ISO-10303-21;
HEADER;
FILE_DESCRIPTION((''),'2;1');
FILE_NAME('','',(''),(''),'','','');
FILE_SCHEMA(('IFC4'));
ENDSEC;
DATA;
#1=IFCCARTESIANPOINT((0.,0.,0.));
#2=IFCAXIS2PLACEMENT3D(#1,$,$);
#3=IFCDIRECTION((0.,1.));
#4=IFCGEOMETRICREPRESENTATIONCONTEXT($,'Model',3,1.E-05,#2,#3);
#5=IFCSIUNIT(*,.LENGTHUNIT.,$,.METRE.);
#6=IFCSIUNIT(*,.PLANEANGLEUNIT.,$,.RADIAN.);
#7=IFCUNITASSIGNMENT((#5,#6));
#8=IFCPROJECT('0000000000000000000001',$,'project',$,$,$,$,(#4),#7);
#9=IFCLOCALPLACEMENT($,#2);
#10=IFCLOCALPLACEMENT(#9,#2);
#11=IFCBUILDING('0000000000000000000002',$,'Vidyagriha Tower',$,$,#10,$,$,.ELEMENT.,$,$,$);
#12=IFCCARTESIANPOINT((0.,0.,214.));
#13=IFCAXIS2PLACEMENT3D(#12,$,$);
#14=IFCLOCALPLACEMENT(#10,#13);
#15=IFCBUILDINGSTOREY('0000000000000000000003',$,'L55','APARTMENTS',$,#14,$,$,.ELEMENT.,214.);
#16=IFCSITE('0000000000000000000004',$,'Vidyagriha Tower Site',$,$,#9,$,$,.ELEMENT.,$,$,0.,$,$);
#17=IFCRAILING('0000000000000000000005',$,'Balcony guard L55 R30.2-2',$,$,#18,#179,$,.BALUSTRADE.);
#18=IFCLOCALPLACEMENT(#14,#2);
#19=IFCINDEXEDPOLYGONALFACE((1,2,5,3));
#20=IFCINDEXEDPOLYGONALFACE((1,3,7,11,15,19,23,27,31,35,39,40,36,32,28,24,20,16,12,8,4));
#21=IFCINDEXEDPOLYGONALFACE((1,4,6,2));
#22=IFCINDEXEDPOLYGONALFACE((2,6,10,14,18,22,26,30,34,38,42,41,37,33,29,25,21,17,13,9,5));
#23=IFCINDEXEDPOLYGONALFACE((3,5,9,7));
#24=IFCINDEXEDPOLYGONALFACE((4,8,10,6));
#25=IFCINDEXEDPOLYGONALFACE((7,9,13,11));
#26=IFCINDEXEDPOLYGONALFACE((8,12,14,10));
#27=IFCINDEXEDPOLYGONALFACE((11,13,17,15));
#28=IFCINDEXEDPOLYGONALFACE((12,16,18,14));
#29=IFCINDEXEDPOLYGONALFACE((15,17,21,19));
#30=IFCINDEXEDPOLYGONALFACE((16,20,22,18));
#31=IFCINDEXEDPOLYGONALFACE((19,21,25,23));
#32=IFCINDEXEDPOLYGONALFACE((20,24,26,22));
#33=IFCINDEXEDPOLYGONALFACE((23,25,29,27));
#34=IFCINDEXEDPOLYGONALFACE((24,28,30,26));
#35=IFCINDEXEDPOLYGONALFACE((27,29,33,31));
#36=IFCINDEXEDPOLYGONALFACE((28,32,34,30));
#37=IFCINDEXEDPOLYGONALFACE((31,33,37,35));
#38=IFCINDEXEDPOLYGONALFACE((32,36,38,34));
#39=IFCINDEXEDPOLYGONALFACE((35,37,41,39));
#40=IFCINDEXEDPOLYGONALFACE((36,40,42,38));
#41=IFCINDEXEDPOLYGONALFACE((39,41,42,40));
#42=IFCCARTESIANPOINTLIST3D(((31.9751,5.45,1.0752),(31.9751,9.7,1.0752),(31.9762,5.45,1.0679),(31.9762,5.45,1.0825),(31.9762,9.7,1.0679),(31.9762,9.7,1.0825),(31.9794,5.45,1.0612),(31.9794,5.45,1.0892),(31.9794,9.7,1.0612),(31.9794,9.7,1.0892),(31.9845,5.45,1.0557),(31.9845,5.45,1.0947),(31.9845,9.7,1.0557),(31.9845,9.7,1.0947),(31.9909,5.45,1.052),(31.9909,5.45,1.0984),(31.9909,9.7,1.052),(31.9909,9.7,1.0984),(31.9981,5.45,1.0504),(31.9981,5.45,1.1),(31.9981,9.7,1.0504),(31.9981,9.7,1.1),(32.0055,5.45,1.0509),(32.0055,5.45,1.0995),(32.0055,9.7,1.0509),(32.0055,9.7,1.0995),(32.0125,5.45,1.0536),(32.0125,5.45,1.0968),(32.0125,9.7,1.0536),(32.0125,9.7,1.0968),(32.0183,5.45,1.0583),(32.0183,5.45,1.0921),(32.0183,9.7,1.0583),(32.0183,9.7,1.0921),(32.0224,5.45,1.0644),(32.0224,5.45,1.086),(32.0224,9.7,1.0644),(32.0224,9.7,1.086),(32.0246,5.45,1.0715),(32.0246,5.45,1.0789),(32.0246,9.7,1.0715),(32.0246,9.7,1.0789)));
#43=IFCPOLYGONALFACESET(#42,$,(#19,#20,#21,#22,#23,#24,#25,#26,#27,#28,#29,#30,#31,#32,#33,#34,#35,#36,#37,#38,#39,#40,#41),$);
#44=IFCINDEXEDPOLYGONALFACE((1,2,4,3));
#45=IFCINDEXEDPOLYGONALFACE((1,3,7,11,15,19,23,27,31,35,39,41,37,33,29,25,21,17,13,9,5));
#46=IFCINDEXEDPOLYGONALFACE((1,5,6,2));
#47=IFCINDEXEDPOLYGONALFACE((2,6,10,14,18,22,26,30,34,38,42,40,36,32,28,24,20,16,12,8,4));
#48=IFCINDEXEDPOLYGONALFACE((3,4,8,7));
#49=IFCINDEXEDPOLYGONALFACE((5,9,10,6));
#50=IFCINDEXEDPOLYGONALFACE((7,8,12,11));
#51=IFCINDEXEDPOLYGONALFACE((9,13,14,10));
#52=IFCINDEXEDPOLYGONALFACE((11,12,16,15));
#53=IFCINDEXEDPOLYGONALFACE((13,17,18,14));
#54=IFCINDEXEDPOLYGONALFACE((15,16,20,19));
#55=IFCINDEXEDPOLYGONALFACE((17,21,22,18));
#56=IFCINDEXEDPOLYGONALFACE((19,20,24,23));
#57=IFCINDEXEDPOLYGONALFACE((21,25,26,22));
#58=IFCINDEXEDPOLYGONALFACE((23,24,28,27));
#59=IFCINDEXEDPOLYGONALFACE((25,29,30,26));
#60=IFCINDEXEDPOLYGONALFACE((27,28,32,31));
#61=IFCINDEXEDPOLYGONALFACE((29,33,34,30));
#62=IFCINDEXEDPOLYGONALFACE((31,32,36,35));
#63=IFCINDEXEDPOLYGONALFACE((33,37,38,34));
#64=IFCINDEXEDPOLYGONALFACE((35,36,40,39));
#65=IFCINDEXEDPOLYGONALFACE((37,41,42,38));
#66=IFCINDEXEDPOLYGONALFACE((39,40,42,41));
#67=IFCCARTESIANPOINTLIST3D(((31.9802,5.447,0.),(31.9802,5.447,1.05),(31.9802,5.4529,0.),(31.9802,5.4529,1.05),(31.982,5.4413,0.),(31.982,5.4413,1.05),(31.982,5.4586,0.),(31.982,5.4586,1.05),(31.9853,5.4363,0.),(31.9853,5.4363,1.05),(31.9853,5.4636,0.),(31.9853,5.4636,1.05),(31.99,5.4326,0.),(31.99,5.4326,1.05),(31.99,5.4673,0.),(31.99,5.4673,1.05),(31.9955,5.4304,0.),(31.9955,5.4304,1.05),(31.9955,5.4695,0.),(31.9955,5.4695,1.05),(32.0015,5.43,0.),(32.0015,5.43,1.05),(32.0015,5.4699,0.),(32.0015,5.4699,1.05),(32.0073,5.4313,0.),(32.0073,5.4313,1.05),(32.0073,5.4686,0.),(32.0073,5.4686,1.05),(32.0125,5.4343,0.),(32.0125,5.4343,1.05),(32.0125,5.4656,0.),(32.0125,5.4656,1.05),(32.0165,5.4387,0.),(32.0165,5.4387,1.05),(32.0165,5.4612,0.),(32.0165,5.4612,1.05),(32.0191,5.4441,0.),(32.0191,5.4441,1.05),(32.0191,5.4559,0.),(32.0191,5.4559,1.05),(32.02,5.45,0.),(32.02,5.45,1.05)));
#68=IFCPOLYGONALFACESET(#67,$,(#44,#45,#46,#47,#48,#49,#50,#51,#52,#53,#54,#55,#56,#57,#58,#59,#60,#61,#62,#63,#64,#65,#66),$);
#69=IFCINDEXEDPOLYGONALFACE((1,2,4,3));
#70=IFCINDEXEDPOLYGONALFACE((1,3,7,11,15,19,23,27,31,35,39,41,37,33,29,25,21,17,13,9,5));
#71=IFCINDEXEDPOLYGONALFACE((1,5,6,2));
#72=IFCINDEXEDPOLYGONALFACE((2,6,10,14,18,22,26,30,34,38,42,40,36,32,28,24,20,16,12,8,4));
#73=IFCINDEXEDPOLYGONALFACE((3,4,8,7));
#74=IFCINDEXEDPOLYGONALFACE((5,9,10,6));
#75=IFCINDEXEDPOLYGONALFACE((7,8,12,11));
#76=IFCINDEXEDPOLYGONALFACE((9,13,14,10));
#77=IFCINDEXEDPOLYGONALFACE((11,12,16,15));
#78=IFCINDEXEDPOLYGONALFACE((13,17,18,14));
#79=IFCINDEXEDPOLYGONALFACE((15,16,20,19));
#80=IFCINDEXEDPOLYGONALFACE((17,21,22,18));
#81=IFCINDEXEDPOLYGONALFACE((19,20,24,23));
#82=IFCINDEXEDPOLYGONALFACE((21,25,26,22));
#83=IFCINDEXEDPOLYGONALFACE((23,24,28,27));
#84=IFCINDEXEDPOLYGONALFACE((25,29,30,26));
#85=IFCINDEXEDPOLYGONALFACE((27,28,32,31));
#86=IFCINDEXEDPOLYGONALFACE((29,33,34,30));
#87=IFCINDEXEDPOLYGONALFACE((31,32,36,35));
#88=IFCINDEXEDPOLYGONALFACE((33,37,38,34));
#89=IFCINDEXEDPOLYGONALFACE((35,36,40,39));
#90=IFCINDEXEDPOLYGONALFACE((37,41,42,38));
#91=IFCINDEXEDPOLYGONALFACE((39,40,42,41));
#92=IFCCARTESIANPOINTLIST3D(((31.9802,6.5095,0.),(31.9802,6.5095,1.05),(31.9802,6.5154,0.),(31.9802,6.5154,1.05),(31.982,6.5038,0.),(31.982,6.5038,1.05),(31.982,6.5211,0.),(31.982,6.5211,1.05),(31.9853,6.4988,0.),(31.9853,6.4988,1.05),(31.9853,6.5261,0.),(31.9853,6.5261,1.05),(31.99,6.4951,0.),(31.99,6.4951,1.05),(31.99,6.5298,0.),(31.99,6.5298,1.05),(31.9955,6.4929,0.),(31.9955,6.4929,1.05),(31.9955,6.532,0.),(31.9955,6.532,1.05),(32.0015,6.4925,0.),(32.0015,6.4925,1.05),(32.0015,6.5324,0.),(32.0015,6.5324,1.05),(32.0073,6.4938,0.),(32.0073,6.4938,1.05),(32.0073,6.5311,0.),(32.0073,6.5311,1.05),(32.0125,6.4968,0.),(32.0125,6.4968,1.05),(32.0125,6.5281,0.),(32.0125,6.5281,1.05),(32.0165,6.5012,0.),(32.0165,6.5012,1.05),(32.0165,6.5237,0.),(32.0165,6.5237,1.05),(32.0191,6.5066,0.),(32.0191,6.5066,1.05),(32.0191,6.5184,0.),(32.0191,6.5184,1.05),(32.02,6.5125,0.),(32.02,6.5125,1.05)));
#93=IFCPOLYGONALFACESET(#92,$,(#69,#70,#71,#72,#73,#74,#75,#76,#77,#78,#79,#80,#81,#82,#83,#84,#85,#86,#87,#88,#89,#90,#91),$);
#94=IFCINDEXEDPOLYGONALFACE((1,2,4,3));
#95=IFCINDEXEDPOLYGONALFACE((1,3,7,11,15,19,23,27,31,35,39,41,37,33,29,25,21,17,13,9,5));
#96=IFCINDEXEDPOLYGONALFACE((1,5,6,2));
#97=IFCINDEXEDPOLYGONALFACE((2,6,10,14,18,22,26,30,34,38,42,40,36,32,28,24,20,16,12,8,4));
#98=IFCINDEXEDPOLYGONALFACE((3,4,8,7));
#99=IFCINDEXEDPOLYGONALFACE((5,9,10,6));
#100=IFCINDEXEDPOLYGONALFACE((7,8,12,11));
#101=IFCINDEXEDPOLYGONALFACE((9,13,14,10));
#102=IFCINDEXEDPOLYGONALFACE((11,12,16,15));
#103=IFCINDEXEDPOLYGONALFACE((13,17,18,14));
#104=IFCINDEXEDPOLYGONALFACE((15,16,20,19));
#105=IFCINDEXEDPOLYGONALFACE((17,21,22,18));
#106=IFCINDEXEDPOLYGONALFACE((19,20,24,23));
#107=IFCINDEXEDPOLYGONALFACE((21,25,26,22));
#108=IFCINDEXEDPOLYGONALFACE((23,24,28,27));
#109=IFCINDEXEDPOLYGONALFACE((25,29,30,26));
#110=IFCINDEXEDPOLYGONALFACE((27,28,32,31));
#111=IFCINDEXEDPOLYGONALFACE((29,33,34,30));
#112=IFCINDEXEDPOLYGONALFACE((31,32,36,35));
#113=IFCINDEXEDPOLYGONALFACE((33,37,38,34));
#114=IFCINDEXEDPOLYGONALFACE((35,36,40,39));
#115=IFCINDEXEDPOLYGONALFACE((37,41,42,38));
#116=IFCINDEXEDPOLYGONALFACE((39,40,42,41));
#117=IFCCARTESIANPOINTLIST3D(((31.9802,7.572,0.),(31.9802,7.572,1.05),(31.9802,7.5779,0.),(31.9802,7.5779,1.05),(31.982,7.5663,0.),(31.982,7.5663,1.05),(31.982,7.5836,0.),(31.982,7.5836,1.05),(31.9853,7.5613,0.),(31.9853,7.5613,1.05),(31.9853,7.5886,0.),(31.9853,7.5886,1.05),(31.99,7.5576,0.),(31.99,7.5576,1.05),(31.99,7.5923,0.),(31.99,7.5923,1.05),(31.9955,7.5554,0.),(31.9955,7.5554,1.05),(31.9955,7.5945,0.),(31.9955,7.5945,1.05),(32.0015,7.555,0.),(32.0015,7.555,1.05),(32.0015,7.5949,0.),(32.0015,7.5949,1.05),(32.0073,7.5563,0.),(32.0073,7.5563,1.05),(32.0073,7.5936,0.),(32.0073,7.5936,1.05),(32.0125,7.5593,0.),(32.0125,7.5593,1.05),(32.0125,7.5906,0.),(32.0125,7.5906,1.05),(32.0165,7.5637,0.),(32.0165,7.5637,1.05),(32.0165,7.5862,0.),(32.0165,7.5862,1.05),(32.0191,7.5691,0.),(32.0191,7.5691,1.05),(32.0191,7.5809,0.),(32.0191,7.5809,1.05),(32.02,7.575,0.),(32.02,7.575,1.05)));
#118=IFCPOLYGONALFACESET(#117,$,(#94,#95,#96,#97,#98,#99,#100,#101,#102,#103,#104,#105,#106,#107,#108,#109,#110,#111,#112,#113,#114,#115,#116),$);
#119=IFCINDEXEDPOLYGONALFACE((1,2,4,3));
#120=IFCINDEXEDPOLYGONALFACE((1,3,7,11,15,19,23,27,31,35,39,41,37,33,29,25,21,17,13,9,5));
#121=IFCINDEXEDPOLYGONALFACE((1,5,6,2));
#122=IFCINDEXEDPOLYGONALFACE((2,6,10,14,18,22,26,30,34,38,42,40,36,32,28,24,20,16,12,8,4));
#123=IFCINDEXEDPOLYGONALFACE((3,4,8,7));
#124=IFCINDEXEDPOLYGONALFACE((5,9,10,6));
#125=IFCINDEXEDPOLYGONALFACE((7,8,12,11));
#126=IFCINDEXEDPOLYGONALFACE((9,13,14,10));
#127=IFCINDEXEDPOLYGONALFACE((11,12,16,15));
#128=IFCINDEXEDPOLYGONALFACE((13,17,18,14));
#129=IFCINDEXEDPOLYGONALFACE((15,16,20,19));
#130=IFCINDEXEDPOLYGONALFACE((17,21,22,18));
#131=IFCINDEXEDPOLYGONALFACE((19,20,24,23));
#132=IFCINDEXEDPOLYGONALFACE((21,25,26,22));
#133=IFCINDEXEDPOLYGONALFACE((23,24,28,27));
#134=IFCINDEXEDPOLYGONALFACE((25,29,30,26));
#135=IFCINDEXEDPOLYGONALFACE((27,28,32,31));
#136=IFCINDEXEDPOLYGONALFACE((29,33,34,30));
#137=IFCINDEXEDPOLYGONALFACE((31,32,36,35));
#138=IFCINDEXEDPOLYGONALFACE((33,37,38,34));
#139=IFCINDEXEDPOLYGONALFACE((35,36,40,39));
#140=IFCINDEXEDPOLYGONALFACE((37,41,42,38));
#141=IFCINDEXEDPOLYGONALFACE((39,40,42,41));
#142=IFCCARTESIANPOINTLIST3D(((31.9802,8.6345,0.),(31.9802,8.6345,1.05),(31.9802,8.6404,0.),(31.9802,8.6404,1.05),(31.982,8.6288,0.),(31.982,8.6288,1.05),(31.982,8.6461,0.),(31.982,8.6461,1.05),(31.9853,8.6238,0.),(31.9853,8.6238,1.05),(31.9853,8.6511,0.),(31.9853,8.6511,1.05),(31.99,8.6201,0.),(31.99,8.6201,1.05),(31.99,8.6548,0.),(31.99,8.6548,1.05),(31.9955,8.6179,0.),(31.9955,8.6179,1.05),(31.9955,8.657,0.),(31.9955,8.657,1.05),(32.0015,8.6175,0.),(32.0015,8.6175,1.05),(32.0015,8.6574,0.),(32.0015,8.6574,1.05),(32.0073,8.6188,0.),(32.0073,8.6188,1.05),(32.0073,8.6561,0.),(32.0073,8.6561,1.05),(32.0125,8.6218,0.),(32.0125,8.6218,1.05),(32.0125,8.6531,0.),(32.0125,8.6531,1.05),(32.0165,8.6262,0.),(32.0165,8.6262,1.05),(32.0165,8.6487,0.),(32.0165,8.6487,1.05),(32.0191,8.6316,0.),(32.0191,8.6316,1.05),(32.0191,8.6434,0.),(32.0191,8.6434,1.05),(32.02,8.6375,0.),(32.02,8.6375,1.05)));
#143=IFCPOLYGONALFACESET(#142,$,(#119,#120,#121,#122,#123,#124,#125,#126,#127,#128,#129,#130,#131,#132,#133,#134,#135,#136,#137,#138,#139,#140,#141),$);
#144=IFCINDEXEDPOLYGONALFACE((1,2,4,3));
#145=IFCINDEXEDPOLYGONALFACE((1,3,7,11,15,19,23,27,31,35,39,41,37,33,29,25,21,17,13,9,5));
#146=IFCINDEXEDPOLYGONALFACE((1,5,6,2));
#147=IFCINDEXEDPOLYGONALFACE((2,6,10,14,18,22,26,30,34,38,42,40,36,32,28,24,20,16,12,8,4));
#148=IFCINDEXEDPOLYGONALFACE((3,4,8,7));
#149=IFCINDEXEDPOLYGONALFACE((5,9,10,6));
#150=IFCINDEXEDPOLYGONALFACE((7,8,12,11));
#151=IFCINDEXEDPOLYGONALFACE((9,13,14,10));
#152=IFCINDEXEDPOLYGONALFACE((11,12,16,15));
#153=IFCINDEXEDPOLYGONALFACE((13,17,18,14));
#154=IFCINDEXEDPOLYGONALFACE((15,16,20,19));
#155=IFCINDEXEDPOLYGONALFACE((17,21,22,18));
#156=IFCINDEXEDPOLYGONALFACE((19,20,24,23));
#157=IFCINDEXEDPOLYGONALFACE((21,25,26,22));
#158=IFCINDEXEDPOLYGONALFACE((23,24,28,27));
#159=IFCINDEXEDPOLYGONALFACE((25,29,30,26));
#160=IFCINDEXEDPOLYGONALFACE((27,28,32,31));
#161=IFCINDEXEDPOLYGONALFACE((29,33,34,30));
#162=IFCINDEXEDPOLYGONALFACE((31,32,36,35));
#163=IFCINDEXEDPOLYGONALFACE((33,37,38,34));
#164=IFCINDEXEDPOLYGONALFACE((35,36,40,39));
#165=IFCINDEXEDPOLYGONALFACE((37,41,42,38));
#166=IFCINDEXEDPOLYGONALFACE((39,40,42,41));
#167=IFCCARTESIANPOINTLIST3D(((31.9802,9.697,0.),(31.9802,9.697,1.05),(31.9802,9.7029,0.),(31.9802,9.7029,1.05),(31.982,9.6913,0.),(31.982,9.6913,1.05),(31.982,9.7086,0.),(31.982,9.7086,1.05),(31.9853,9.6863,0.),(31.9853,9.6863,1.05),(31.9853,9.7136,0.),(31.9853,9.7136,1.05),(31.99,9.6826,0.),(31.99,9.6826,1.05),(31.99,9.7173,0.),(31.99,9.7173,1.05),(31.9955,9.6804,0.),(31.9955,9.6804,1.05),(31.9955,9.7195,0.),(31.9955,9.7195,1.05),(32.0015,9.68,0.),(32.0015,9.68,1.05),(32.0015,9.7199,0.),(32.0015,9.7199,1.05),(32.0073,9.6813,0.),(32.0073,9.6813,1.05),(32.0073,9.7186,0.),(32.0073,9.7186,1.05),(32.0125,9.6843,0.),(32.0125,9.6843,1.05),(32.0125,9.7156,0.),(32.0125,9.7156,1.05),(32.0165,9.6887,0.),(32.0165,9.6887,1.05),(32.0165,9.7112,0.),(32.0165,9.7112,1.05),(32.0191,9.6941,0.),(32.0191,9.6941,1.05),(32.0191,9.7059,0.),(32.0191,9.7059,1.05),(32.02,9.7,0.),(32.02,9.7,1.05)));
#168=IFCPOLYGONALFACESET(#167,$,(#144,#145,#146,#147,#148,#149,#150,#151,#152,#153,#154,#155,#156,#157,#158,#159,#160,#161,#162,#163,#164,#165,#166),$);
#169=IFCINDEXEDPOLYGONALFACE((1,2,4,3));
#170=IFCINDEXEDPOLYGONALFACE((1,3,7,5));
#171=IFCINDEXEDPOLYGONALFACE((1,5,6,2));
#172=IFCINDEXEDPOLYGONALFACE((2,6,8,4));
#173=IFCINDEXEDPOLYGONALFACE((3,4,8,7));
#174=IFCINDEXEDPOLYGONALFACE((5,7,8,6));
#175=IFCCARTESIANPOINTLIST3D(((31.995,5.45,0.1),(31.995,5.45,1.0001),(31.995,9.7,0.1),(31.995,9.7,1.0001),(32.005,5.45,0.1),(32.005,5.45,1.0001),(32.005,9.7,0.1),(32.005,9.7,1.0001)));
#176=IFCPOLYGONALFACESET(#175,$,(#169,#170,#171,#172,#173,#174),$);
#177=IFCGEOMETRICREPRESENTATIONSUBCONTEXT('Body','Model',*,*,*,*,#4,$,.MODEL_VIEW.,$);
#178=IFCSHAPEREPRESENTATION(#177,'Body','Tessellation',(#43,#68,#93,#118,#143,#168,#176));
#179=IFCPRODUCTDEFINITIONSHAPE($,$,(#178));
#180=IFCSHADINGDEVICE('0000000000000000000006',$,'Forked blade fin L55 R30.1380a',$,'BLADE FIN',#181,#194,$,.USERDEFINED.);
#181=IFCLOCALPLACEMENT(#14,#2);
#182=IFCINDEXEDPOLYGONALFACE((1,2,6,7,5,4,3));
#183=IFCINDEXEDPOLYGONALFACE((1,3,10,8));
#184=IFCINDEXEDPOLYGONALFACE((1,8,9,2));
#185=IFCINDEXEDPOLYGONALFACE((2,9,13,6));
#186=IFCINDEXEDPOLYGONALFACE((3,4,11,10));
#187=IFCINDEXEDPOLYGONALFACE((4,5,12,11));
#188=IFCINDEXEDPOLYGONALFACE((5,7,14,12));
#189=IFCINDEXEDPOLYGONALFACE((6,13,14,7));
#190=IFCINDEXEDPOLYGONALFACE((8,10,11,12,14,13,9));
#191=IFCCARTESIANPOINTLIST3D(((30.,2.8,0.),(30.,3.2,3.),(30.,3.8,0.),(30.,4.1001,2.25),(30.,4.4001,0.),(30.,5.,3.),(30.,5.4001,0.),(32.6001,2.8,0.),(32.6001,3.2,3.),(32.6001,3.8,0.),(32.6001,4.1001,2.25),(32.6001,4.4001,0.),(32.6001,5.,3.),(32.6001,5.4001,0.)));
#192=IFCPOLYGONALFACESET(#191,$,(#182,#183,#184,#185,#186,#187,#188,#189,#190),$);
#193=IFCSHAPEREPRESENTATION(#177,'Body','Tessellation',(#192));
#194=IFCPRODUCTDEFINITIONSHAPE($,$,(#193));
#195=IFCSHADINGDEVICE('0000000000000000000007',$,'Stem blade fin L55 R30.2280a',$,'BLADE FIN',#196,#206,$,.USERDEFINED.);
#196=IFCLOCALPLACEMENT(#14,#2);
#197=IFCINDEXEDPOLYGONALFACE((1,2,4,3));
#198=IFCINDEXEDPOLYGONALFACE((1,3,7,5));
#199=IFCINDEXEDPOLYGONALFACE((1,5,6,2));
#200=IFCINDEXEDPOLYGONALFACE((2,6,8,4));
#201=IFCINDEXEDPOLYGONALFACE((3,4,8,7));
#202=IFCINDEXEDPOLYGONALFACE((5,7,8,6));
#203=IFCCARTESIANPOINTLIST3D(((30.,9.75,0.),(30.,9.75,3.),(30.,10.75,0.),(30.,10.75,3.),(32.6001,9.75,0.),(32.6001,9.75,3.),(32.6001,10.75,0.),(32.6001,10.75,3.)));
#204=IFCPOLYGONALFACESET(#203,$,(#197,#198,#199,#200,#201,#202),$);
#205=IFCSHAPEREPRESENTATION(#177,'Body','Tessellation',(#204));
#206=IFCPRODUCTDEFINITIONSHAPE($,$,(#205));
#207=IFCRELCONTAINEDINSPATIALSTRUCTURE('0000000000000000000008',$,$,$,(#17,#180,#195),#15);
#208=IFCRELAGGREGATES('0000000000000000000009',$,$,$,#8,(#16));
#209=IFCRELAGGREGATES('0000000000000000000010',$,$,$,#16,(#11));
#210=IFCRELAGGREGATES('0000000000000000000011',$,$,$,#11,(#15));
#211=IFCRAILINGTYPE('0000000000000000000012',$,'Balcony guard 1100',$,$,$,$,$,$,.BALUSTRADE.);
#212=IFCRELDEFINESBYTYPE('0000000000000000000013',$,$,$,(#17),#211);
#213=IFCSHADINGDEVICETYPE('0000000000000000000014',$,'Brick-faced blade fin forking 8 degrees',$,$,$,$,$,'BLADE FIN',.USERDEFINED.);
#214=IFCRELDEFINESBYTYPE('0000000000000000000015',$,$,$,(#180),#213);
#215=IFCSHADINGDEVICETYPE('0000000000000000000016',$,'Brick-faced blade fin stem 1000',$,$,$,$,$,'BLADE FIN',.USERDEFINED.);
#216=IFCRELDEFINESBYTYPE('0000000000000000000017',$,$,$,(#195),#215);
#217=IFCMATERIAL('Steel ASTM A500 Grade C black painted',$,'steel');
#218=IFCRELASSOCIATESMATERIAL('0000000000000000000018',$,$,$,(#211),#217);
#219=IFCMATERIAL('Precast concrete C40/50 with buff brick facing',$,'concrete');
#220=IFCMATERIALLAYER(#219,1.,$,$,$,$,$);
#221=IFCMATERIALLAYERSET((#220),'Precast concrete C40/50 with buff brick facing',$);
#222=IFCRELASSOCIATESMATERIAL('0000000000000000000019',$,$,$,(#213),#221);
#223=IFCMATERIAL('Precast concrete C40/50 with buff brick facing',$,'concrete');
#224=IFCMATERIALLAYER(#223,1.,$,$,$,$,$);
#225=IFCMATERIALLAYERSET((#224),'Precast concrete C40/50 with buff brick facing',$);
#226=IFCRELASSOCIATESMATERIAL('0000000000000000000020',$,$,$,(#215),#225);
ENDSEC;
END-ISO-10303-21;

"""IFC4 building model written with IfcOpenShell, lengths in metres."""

from ifc_helpers import new_model, si_unit, direction, frame, origin, origin_2d, place, context, subcontext, project, spatial, polyline, rectangle, circle, outline, extrude, material, layer, layer_set, type_object, element, save


model = new_model("IFC4")

# Units and contexts
model_context = context("Model", 3, precision=1e-05, world=origin(), true_north=direction((0.0, 1.0)))
body_context = subcontext(model_context, "Body", "Model", "MODEL_VIEW")
ifc_project = project(units=[si_unit("LENGTHUNIT", "METRE"), si_unit("PLANEANGLEUNIT", "RADIAN")], contexts=[model_context])

# Site, building, storey
site_placement = place(None, origin())
site = spatial("IfcSite", under=ifc_project, at=site_placement, Name="Vidyagriha Tower Site", CompositionType="ELEMENT", RefElevation=0.0)
building_placement = place(site_placement, origin())
building = spatial("IfcBuilding", under=site, at=building_placement, Name="Vidyagriha Tower", CompositionType="ELEMENT")
storey_placement = place(building_placement, frame((0.0, 0.0, 214.0)))
storey = spatial("IfcBuildingStorey", under=building, at=storey_placement, Name="L55", Description="APARTMENTS", CompositionType="ELEMENT", Elevation=214.0)

# Railing
ifc_material_1 = material(Name="Steel ASTM A500 Grade C black painted", Category="steel")
railing_type_1 = type_object("IfcRailingType", Name="Balcony guard 1100", PredefinedType="BALUSTRADE", material=ifc_material_1)
railing_1_placement = place(storey_placement, frame((32.0, 5.45, 0.0)))
element("IfcRailing", 1, at=railing_1_placement, inside=storey, type_object=railing_type_1, Name="Balcony guard L55 R30.2-2", PredefinedType="BALUSTRADE", context=body_context, shape_type="SweptSolid", body=[
    extrude(circle(Radius=0.0249, at=origin_2d()), frame((0.0, 0.0, 1.0752), z_axis=(0.0, 1.0, 0.0), x_axis=(-1.0, 0.0, 0.0)), (0.0, 0.0, 1.0), 4.25),
    extrude(circle(Radius=0.02, at=origin_2d()), origin(), (0.0, 0.0, 1.0), 1.05),
    extrude(circle(Radius=0.02, at=origin_2d()), frame((0.0, 1.0625, 0.0)), (0.0, 0.0, 1.0), 1.05),
    extrude(circle(Radius=0.02, at=origin_2d()), frame((0.0, 2.125, 0.0)), (0.0, 0.0, 1.0), 1.05),
    extrude(circle(Radius=0.02, at=origin_2d()), frame((0.0, 3.1875, 0.0)), (0.0, 0.0, 1.0), 1.05),
    extrude(circle(Radius=0.02, at=origin_2d()), frame((0.0, 4.25, 0.0)), (0.0, 0.0, 1.0), 1.05),
    extrude(rectangle(XDim=0.01, YDim=0.9001, at=origin_2d()), frame((0.0, 0.0, 0.55), z_axis=(0.0, 1.0, 0.0), x_axis=(-1.0, 0.0, 0.0)), (0.0, 0.0, 1.0), 4.25),
])

# Shading devices
ifc_material_2 = material(Name="Precast concrete C40/50 with buff brick facing", Category="concrete")
ifc_layer_1 = layer(ifc_material_2, 1.0)
ifc_layer_set_1 = layer_set([ifc_layer_1], Name="Precast concrete C40/50 with buff brick facing")
shading_device_type_1 = type_object("IfcShadingDeviceType", Name="Brick-faced blade fin forking 8 degrees", ElementType="BLADE FIN", PredefinedType="USERDEFINED", material=ifc_layer_set_1)
shading_device_1_placement = place(storey_placement, frame((31.3, 2.8, 0.0), z_axis=(0.0, 0.0, 1.0), x_axis=(0.0, 1.0, 0.0)))
element("IfcShadingDevice", 2, at=shading_device_1_placement, inside=storey, type_object=shading_device_type_1, Name="Forked blade fin L55 R30.1380a", ObjectType="BLADE FIN", PredefinedType="USERDEFINED", context=body_context, shape_type="SweptSolid", body=[
    extrude(outline(polyline([(1.0, 0.0), (1.3, 2.25), (1.6001, 0.0), (2.6001, 0.0), (2.2, 3.0), (0.3999, 3.0), (0.0, 0.0), (1.0, 0.0)])), frame((0.0, 1.3, 0.0), z_axis=(0.0, -1.0, 0.0), x_axis=(1.0, 0.0, 0.0)), (0.0, 0.0, 1.0), 2.6001),
])
ifc_material_3 = material(Name="Precast concrete C40/50 with buff brick facing", Category="concrete")
ifc_layer_2 = layer(ifc_material_3, 1.0)
ifc_layer_set_2 = layer_set([ifc_layer_2], Name="Precast concrete C40/50 with buff brick facing")
shading_device_type_2 = type_object("IfcShadingDeviceType", Name="Brick-faced blade fin stem 1000", ElementType="BLADE FIN", PredefinedType="USERDEFINED", material=ifc_layer_set_2)
shading_device_2_placement = place(storey_placement, frame((31.3, 9.75, 0.0), z_axis=(0.0, 0.0, 1.0), x_axis=(0.0, 1.0, 0.0)))
element("IfcShadingDevice", 3, at=shading_device_2_placement, inside=storey, type_object=shading_device_type_2, Name="Stem blade fin L55 R30.2280a", ObjectType="BLADE FIN", PredefinedType="USERDEFINED", context=body_context, shape_type="SweptSolid", body=[
    extrude(outline(polyline([(0.0, 0.0), (1.0, 0.0), (1.0, 3.0), (0.0, 3.0), (0.0, 0.0)])), frame((0.0, 1.3, 0.0), z_axis=(0.0, -1.0, 0.0), x_axis=(1.0, 0.0, 0.0)), (0.0, 0.0, 1.0), 2.6001),
])

save(model, "model.ifc")
